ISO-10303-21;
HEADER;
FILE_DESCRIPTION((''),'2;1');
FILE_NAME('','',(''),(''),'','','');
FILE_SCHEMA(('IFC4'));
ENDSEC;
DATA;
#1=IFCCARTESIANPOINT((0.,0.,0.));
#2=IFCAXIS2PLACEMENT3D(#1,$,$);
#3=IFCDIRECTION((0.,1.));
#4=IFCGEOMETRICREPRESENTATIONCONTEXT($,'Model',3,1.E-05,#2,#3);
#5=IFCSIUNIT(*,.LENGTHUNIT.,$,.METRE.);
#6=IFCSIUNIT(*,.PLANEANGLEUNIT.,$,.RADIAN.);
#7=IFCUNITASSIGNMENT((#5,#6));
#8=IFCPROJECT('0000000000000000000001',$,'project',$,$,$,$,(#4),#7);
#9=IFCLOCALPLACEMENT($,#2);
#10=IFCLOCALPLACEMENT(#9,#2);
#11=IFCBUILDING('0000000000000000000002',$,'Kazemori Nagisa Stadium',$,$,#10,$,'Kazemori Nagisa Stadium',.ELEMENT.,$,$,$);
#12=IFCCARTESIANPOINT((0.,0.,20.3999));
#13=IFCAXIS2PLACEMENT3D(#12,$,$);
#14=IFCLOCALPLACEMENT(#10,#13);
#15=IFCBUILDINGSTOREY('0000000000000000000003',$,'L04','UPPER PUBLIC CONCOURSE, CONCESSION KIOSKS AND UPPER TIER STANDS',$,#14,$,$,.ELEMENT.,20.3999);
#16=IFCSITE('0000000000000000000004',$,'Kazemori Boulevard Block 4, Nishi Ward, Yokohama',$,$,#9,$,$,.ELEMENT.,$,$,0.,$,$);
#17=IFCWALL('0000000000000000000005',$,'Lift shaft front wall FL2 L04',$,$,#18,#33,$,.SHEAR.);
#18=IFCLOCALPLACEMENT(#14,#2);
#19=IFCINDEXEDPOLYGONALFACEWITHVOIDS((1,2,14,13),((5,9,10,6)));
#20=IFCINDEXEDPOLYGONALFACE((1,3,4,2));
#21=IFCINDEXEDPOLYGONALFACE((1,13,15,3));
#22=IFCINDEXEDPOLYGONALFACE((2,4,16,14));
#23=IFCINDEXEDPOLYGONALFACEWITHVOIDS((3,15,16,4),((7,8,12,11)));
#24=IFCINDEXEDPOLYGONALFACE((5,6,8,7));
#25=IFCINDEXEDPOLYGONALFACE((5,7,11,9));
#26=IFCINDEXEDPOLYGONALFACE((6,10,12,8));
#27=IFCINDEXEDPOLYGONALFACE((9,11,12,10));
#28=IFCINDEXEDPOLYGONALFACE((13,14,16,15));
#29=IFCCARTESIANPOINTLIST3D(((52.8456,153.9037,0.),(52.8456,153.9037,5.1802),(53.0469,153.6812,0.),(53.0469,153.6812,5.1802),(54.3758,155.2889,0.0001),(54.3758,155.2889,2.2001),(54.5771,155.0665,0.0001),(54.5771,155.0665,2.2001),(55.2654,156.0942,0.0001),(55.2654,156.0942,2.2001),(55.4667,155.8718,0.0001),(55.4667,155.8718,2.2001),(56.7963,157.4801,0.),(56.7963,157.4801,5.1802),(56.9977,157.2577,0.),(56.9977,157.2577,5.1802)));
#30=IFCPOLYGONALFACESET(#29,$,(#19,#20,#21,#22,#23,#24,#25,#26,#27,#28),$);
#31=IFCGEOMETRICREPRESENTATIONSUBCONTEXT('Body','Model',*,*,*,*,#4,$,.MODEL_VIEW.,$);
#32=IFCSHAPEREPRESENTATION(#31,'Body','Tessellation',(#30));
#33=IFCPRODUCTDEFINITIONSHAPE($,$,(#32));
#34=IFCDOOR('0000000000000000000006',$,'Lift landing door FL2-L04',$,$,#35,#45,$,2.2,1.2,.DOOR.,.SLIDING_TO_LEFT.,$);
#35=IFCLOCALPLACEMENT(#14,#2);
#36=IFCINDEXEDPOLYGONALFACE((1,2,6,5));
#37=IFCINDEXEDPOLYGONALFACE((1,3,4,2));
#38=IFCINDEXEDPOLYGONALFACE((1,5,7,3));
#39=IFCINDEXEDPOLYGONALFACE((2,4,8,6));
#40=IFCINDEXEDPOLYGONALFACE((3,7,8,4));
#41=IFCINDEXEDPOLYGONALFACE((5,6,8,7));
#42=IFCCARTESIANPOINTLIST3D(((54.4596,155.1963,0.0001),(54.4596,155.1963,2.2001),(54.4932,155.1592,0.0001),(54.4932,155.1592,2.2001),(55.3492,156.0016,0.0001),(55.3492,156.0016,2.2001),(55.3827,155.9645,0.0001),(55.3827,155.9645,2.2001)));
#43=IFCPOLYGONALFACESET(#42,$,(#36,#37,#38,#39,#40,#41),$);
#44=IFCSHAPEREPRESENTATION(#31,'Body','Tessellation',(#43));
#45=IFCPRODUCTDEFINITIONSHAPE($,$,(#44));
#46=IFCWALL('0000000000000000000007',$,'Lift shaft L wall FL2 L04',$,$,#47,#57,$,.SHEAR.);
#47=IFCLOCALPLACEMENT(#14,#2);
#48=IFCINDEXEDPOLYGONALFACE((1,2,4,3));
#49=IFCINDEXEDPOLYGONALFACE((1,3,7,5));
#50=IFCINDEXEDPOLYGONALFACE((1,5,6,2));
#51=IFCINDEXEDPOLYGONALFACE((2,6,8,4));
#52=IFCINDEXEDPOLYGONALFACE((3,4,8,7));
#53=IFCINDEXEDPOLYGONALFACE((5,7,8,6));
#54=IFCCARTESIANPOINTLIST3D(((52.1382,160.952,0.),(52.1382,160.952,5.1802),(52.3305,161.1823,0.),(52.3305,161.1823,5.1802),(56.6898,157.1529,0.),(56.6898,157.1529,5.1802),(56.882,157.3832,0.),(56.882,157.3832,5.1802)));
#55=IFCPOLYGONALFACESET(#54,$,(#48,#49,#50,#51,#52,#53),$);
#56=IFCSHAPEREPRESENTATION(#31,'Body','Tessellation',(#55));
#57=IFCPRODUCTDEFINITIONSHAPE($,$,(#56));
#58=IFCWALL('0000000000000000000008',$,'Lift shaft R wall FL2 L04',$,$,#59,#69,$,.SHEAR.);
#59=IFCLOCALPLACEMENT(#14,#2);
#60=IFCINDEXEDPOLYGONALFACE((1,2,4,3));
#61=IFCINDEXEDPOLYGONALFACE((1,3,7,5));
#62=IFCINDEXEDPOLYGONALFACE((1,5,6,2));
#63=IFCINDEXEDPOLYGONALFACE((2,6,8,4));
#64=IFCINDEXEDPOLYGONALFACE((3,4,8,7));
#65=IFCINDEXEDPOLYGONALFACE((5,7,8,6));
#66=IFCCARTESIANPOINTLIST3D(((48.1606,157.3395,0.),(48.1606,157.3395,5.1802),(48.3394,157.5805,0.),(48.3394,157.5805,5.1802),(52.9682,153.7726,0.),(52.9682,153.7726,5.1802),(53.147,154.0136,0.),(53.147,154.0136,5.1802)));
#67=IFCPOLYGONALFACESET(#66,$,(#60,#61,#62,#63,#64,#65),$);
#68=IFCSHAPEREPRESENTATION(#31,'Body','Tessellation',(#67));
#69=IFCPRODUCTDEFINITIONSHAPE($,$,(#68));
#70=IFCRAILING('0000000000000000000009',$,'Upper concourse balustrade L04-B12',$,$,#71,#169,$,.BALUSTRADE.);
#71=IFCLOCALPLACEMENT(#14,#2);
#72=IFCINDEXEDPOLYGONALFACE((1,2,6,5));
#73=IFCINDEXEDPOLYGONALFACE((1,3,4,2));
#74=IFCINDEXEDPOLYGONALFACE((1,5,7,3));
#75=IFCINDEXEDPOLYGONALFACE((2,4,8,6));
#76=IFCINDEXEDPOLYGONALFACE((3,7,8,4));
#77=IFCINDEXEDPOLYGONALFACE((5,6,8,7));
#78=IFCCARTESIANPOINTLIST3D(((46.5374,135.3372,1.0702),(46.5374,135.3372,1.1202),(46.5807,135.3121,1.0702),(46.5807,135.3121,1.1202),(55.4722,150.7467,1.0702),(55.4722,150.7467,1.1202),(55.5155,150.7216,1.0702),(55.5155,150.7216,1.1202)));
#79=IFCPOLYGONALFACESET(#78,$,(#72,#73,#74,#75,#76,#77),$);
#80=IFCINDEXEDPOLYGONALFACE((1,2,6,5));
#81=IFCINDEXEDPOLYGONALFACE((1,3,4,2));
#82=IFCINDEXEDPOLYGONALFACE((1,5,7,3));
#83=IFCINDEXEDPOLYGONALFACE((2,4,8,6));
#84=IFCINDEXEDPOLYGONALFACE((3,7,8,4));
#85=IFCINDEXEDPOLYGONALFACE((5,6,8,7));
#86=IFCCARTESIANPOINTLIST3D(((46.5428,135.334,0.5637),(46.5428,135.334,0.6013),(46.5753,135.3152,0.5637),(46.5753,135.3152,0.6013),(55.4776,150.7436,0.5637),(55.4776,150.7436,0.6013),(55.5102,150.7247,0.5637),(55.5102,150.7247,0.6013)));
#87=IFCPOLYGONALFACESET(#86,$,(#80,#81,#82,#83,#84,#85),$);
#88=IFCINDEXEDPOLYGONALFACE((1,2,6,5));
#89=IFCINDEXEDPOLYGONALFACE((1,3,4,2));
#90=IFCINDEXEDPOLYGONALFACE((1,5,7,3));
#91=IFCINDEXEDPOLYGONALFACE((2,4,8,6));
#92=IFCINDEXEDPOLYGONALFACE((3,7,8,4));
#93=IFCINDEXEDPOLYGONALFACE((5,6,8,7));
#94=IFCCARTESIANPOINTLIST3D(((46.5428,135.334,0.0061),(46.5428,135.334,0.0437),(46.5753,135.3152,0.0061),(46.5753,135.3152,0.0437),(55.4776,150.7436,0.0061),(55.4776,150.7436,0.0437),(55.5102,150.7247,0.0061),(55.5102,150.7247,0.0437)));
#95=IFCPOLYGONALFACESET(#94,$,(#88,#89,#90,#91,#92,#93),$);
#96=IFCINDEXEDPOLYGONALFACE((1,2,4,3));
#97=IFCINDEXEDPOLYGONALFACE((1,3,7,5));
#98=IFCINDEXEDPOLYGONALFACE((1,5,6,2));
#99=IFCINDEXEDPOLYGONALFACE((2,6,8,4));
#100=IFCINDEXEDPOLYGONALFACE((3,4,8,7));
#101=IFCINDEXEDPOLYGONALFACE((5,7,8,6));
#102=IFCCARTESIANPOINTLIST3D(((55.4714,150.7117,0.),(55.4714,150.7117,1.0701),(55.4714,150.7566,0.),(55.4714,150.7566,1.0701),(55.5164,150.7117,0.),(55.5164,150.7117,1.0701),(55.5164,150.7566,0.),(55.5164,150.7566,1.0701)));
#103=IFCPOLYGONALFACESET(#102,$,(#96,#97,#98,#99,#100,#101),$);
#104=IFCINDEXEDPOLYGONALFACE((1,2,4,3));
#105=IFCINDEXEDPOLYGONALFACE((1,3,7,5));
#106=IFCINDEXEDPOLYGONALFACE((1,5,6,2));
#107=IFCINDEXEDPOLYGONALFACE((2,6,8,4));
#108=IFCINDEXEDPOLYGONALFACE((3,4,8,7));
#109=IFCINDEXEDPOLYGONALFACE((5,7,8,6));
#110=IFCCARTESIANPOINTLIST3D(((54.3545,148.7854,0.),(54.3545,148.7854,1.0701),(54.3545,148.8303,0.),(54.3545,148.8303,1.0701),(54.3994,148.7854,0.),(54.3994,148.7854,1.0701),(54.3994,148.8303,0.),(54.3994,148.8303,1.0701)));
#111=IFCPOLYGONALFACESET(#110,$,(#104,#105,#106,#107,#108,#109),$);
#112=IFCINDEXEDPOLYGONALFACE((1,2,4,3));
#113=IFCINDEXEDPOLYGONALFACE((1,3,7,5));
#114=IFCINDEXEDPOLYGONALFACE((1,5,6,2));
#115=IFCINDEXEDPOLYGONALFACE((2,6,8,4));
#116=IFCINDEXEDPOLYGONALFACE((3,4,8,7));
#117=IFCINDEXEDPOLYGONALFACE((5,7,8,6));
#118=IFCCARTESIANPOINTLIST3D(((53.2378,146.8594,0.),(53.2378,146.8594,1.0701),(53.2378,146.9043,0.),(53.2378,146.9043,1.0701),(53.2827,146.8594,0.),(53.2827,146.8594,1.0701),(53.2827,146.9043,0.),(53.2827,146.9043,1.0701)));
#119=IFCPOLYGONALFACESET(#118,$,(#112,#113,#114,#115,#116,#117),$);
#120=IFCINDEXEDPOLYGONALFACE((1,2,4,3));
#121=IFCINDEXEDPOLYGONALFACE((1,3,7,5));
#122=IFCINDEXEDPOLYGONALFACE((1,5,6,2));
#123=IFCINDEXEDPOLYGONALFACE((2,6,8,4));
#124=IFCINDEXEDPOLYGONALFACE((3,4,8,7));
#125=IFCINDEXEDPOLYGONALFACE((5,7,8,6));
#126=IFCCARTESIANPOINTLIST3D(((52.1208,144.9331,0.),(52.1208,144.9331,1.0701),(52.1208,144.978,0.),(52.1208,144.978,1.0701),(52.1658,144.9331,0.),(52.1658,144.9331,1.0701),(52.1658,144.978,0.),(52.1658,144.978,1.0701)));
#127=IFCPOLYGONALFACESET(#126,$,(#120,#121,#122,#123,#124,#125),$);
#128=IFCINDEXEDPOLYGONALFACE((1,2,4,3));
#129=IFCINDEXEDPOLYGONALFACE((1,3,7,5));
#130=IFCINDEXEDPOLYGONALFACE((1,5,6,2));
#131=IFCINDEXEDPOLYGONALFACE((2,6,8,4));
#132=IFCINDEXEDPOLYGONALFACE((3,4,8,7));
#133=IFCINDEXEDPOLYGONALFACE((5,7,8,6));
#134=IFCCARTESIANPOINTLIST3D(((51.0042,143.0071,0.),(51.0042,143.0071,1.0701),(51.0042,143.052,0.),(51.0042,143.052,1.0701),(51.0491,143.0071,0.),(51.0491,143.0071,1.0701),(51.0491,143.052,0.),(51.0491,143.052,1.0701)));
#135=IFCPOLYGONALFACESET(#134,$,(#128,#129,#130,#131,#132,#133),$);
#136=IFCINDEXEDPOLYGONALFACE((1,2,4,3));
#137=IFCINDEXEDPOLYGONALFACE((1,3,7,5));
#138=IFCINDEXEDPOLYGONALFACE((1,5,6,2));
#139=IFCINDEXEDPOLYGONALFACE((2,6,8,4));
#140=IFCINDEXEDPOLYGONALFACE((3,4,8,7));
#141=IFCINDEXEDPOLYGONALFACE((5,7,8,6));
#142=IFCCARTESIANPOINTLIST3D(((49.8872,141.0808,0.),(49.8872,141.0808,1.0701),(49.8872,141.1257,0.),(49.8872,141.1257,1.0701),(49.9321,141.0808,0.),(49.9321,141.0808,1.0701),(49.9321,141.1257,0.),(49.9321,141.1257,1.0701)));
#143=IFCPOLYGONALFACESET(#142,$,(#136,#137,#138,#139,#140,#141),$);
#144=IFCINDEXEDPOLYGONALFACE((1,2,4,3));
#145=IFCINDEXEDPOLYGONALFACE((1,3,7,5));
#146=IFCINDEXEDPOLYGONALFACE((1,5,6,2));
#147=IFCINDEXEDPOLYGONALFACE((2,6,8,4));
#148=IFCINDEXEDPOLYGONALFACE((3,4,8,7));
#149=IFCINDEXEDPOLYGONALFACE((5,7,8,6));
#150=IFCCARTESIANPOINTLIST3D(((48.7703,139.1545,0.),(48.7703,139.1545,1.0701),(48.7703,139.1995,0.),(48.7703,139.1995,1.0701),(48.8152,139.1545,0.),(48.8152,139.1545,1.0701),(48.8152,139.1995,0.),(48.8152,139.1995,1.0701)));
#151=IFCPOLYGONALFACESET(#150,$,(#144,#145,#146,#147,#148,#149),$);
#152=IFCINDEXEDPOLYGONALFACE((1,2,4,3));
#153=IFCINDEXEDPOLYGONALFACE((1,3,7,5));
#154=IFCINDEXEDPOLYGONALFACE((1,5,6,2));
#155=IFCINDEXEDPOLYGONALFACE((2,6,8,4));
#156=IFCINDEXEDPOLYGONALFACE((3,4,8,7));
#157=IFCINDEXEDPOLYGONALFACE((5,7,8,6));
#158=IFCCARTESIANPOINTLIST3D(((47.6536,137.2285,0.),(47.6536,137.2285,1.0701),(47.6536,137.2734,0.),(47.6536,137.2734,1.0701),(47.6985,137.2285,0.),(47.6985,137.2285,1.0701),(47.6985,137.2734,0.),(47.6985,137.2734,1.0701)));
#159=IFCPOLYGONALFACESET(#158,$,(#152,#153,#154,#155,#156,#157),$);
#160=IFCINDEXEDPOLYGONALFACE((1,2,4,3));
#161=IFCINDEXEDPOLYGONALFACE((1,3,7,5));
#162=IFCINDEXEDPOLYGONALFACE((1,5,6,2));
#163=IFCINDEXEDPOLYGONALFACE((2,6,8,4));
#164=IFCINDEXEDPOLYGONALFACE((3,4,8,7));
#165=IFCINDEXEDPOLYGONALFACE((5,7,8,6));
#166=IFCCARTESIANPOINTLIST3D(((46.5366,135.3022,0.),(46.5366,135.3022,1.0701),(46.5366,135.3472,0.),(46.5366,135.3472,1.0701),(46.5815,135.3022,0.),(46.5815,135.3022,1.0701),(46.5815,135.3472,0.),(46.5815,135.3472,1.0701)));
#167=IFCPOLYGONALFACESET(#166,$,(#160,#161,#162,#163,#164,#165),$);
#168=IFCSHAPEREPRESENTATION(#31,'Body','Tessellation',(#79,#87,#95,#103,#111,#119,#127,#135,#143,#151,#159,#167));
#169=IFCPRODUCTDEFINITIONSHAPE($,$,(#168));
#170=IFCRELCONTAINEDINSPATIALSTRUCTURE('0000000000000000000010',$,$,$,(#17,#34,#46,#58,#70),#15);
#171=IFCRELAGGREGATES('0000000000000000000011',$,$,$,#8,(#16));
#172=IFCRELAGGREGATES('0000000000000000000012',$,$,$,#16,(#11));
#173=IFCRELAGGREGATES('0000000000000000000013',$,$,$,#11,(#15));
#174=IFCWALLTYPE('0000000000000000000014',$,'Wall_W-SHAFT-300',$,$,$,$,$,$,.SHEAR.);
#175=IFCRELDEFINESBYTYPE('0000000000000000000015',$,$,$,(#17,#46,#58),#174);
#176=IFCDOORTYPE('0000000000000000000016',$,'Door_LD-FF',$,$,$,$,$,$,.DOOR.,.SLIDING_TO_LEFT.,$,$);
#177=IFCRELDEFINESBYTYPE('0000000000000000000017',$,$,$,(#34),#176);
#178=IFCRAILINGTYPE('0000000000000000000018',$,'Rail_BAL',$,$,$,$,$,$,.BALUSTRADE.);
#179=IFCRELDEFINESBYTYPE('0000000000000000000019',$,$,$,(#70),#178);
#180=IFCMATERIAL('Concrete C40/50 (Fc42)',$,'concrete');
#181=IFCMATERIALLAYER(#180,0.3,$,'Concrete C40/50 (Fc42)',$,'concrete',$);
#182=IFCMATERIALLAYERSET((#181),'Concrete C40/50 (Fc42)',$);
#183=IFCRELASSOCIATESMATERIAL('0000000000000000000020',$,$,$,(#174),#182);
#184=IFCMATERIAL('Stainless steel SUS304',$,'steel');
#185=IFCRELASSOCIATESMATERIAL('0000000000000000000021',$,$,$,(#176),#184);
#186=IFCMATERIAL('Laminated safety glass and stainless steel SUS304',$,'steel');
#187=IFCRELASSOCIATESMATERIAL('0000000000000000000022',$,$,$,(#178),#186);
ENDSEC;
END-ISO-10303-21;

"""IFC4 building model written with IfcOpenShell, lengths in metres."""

from ifc_helpers import new_model, si_unit, direction, frame, frame_2d, origin, origin_2d, place, context, subcontext, project, spatial, rectangle, extrude, material, layer, layer_set, type_object, element, fill, save


model = new_model("IFC4")

# Units and contexts
model_context = context("Model", 3, precision=1e-05, world=origin(), true_north=direction((0.0, 1.0)))
body_context = subcontext(model_context, "Body", "Model", "MODEL_VIEW")
ifc_project = project(units=[si_unit("LENGTHUNIT", "METRE"), si_unit("PLANEANGLEUNIT", "RADIAN")], contexts=[model_context])

# Site, building, storey
site_placement = place(None, origin())
site = spatial("IfcSite", under=ifc_project, at=site_placement, Name="Kazemori Boulevard Block 4, Nishi Ward, Yokohama", CompositionType="ELEMENT", RefElevation=0.0)
building_placement = place(site_placement, origin())
building = spatial("IfcBuilding", under=site, at=building_placement, Name="Kazemori Nagisa Stadium", LongName="Kazemori Nagisa Stadium", CompositionType="ELEMENT")
storey_placement = place(building_placement, frame((0.0, 0.0, 20.3999)))
storey = spatial("IfcBuildingStorey", under=building, at=storey_placement, Name="L04", Description="UPPER PUBLIC CONCOURSE, CONCESSION KIOSKS AND UPPER TIER STANDS", CompositionType="ELEMENT", Elevation=20.3999)

# Shared definitions
ifc_material_1 = material(Name="Concrete C40/50 (Fc42)", Category="concrete")

# Wall, opening, door
ifc_layer_1 = layer(ifc_material_1, 0.3, Name="Concrete C40/50 (Fc42)", Category="concrete")
ifc_layer_set_1 = layer_set([ifc_layer_1], Name="Concrete C40/50 (Fc42)")
wall_type_1 = type_object("IfcWallType", Name="Wall_W-SHAFT-300", PredefinedType="SHEAR", material=ifc_layer_set_1)
wall_1_placement = place(storey_placement, frame((56.897, 157.3689, 0.0), z_axis=(0.0, 0.0, 1.0), x_axis=(-0.74135, -0.671118, 0.0)))
wall_1 = element("IfcWall", 1, at=wall_1_placement, inside=storey, type_object=wall_type_1, Name="Lift shaft front wall FL2 L04", PredefinedType="SHEAR", context=body_context, shape_type="SweptSolid", body=[
    extrude(rectangle(XDim=5.3291, YDim=0.3, at=frame_2d((2.6646, 0.0))), origin(), (0.0, 0.0, 1.0), 5.1802),
])
opening_1_placement = place(wall_1_placement, frame((2.0649, 0.0, 0.0)))
opening_1 = element("IfcOpeningElement", 2, at=opening_1_placement, cuts=wall_1, PredefinedType="OPENING", context=body_context, shape_type="SweptSolid", body=[
    extrude(rectangle(XDim=1.2, YDim=2.2, at=frame_2d((0.6001, 1.1001))), frame((0.0, 0.1599, 0.0), z_axis=(0.0, -1.0, 0.0), x_axis=(1.0, 0.0, 0.0)), (0.0, 0.0, 1.0), 0.3201),
])
ifc_material_2 = material(Name="Stainless steel SUS304", Category="steel")
door_type_1 = type_object("IfcDoorType", Name="Door_LD-FF", OperationType="SLIDING_TO_LEFT", PredefinedType="DOOR", material=ifc_material_2)
door_1_placement = place(opening_1_placement, origin())
door_1 = element("IfcDoor", 3, at=door_1_placement, inside=storey, type_object=door_type_1, Name="Lift landing door FL2-L04", OperationType="SLIDING_TO_LEFT", OverallHeight=2.2, OverallWidth=1.2, PredefinedType="DOOR", context=body_context, shape_type="SweptSolid", body=[
    extrude(rectangle(XDim=1.2, YDim=2.2, at=frame_2d((0.6001, 1.1001))), frame((0.0, 0.0249, 0.0), z_axis=(0.0, -1.0, 0.0), x_axis=(1.0, 0.0, 0.0)), (0.0, 0.0, 1.0), 0.05),
])
fill(opening_1, door_1)

# Walls
wall_2_placement = place(storey_placement, frame((56.7859, 157.2681, 0.0), z_axis=(0.0, 0.0, 1.0), x_axis=(-0.767711, 0.640796, 0.0)))
element("IfcWall", 4, at=wall_2_placement, inside=storey, type_object=wall_type_1, Name="Lift shaft L wall FL2 L04", PredefinedType="SHEAR", context=body_context, shape_type="SweptSolid", body=[
    extrude(rectangle(XDim=5.9287, YDim=0.3, at=frame_2d((2.9644, 0.0))), origin(), (0.0, 0.0, 1.0), 5.1802),
])
wall_3_placement = place(storey_placement, frame((53.0576, 153.8931, 0.0), z_axis=(0.0, 0.0, 1.0), x_axis=(-0.803102, 0.595842, 0.0)))
element("IfcWall", 5, at=wall_3_placement, inside=storey, type_object=wall_type_1, Name="Lift shaft R wall FL2 L04", PredefinedType="SHEAR", context=body_context, shape_type="SweptSolid", body=[
    extrude(rectangle(XDim=5.9863, YDim=0.3, at=frame_2d((2.9932, 0.0))), origin(), (0.0, 0.0, 1.0), 5.1802),
])

# Railing
ifc_material_3 = material(Name="Laminated safety glass and stainless steel SUS304", Category="steel")
railing_type_1 = type_object("IfcRailingType", Name="Rail_BAL", PredefinedType="BALUSTRADE", material=ifc_material_3)
railing_1_placement = place(storey_placement, frame((55.4939, 150.7341, 0.0)))
element("IfcRailing", 6, at=railing_1_placement, inside=storey, type_object=railing_type_1, Name="Upper concourse balustrade L04-B12", PredefinedType="BALUSTRADE", context=body_context, shape_type="SweptSolid", body=[
    extrude(rectangle(XDim=0.05, YDim=0.05, at=origin_2d()), frame((0.0, 0.0, 1.0952), z_axis=(-0.501607, -0.865096, 0.0), x_axis=(0.865096, -0.501607, 0.0)), (0.0, 0.0, 1.0), 17.8125),
    extrude(rectangle(XDim=0.0376, YDim=0.0376, at=origin_2d()), frame((0.0, 0.0, 0.5825), z_axis=(-0.501607, -0.865096, 0.0), x_axis=(0.865096, -0.501607, 0.0)), (0.0, 0.0, 1.0), 17.8125),
    extrude(rectangle(XDim=0.0376, YDim=0.0376, at=origin_2d()), frame((0.0, 0.0, 0.0249), z_axis=(-0.501607, -0.865096, 0.0), x_axis=(0.865096, -0.501607, 0.0)), (0.0, 0.0, 1.0), 17.8125),
    extrude(rectangle(XDim=0.0449, YDim=0.0449, at=origin_2d()), origin(), (0.0, 0.0, 1.0), 1.0701),
    extrude(rectangle(XDim=0.0449, YDim=0.0449, at=origin_2d()), frame((-1.1169, -1.9263, 0.0)), (0.0, 0.0, 1.0), 1.0701),
    extrude(rectangle(XDim=0.0449, YDim=0.0449, at=origin_2d()), frame((-2.2336, -3.8523, 0.0)), (0.0, 0.0, 1.0), 1.0701),
    extrude(rectangle(XDim=0.0449, YDim=0.0449, at=origin_2d()), frame((-3.3506, -5.7786, 0.0)), (0.0, 0.0, 1.0), 1.0701),
    extrude(rectangle(XDim=0.0449, YDim=0.0449, at=origin_2d()), frame((-4.4673, -7.7046, 0.0)), (0.0, 0.0, 1.0), 1.0701),
    extrude(rectangle(XDim=0.0449, YDim=0.0449, at=origin_2d()), frame((-5.5842, -9.6309, 0.0)), (0.0, 0.0, 1.0), 1.0701),
    extrude(rectangle(XDim=0.0449, YDim=0.0449, at=origin_2d()), frame((-6.7012, -11.5571, 0.0)), (0.0, 0.0, 1.0), 1.0701),
    extrude(rectangle(XDim=0.0449, YDim=0.0449, at=origin_2d()), frame((-7.8179, -13.4832, 0.0)), (0.0, 0.0, 1.0), 1.0701),
    extrude(rectangle(XDim=0.0449, YDim=0.0449, at=origin_2d()), frame((-8.9348, -15.4094, 0.0)), (0.0, 0.0, 1.0), 1.0701),
])

save(model, "model.ifc")
